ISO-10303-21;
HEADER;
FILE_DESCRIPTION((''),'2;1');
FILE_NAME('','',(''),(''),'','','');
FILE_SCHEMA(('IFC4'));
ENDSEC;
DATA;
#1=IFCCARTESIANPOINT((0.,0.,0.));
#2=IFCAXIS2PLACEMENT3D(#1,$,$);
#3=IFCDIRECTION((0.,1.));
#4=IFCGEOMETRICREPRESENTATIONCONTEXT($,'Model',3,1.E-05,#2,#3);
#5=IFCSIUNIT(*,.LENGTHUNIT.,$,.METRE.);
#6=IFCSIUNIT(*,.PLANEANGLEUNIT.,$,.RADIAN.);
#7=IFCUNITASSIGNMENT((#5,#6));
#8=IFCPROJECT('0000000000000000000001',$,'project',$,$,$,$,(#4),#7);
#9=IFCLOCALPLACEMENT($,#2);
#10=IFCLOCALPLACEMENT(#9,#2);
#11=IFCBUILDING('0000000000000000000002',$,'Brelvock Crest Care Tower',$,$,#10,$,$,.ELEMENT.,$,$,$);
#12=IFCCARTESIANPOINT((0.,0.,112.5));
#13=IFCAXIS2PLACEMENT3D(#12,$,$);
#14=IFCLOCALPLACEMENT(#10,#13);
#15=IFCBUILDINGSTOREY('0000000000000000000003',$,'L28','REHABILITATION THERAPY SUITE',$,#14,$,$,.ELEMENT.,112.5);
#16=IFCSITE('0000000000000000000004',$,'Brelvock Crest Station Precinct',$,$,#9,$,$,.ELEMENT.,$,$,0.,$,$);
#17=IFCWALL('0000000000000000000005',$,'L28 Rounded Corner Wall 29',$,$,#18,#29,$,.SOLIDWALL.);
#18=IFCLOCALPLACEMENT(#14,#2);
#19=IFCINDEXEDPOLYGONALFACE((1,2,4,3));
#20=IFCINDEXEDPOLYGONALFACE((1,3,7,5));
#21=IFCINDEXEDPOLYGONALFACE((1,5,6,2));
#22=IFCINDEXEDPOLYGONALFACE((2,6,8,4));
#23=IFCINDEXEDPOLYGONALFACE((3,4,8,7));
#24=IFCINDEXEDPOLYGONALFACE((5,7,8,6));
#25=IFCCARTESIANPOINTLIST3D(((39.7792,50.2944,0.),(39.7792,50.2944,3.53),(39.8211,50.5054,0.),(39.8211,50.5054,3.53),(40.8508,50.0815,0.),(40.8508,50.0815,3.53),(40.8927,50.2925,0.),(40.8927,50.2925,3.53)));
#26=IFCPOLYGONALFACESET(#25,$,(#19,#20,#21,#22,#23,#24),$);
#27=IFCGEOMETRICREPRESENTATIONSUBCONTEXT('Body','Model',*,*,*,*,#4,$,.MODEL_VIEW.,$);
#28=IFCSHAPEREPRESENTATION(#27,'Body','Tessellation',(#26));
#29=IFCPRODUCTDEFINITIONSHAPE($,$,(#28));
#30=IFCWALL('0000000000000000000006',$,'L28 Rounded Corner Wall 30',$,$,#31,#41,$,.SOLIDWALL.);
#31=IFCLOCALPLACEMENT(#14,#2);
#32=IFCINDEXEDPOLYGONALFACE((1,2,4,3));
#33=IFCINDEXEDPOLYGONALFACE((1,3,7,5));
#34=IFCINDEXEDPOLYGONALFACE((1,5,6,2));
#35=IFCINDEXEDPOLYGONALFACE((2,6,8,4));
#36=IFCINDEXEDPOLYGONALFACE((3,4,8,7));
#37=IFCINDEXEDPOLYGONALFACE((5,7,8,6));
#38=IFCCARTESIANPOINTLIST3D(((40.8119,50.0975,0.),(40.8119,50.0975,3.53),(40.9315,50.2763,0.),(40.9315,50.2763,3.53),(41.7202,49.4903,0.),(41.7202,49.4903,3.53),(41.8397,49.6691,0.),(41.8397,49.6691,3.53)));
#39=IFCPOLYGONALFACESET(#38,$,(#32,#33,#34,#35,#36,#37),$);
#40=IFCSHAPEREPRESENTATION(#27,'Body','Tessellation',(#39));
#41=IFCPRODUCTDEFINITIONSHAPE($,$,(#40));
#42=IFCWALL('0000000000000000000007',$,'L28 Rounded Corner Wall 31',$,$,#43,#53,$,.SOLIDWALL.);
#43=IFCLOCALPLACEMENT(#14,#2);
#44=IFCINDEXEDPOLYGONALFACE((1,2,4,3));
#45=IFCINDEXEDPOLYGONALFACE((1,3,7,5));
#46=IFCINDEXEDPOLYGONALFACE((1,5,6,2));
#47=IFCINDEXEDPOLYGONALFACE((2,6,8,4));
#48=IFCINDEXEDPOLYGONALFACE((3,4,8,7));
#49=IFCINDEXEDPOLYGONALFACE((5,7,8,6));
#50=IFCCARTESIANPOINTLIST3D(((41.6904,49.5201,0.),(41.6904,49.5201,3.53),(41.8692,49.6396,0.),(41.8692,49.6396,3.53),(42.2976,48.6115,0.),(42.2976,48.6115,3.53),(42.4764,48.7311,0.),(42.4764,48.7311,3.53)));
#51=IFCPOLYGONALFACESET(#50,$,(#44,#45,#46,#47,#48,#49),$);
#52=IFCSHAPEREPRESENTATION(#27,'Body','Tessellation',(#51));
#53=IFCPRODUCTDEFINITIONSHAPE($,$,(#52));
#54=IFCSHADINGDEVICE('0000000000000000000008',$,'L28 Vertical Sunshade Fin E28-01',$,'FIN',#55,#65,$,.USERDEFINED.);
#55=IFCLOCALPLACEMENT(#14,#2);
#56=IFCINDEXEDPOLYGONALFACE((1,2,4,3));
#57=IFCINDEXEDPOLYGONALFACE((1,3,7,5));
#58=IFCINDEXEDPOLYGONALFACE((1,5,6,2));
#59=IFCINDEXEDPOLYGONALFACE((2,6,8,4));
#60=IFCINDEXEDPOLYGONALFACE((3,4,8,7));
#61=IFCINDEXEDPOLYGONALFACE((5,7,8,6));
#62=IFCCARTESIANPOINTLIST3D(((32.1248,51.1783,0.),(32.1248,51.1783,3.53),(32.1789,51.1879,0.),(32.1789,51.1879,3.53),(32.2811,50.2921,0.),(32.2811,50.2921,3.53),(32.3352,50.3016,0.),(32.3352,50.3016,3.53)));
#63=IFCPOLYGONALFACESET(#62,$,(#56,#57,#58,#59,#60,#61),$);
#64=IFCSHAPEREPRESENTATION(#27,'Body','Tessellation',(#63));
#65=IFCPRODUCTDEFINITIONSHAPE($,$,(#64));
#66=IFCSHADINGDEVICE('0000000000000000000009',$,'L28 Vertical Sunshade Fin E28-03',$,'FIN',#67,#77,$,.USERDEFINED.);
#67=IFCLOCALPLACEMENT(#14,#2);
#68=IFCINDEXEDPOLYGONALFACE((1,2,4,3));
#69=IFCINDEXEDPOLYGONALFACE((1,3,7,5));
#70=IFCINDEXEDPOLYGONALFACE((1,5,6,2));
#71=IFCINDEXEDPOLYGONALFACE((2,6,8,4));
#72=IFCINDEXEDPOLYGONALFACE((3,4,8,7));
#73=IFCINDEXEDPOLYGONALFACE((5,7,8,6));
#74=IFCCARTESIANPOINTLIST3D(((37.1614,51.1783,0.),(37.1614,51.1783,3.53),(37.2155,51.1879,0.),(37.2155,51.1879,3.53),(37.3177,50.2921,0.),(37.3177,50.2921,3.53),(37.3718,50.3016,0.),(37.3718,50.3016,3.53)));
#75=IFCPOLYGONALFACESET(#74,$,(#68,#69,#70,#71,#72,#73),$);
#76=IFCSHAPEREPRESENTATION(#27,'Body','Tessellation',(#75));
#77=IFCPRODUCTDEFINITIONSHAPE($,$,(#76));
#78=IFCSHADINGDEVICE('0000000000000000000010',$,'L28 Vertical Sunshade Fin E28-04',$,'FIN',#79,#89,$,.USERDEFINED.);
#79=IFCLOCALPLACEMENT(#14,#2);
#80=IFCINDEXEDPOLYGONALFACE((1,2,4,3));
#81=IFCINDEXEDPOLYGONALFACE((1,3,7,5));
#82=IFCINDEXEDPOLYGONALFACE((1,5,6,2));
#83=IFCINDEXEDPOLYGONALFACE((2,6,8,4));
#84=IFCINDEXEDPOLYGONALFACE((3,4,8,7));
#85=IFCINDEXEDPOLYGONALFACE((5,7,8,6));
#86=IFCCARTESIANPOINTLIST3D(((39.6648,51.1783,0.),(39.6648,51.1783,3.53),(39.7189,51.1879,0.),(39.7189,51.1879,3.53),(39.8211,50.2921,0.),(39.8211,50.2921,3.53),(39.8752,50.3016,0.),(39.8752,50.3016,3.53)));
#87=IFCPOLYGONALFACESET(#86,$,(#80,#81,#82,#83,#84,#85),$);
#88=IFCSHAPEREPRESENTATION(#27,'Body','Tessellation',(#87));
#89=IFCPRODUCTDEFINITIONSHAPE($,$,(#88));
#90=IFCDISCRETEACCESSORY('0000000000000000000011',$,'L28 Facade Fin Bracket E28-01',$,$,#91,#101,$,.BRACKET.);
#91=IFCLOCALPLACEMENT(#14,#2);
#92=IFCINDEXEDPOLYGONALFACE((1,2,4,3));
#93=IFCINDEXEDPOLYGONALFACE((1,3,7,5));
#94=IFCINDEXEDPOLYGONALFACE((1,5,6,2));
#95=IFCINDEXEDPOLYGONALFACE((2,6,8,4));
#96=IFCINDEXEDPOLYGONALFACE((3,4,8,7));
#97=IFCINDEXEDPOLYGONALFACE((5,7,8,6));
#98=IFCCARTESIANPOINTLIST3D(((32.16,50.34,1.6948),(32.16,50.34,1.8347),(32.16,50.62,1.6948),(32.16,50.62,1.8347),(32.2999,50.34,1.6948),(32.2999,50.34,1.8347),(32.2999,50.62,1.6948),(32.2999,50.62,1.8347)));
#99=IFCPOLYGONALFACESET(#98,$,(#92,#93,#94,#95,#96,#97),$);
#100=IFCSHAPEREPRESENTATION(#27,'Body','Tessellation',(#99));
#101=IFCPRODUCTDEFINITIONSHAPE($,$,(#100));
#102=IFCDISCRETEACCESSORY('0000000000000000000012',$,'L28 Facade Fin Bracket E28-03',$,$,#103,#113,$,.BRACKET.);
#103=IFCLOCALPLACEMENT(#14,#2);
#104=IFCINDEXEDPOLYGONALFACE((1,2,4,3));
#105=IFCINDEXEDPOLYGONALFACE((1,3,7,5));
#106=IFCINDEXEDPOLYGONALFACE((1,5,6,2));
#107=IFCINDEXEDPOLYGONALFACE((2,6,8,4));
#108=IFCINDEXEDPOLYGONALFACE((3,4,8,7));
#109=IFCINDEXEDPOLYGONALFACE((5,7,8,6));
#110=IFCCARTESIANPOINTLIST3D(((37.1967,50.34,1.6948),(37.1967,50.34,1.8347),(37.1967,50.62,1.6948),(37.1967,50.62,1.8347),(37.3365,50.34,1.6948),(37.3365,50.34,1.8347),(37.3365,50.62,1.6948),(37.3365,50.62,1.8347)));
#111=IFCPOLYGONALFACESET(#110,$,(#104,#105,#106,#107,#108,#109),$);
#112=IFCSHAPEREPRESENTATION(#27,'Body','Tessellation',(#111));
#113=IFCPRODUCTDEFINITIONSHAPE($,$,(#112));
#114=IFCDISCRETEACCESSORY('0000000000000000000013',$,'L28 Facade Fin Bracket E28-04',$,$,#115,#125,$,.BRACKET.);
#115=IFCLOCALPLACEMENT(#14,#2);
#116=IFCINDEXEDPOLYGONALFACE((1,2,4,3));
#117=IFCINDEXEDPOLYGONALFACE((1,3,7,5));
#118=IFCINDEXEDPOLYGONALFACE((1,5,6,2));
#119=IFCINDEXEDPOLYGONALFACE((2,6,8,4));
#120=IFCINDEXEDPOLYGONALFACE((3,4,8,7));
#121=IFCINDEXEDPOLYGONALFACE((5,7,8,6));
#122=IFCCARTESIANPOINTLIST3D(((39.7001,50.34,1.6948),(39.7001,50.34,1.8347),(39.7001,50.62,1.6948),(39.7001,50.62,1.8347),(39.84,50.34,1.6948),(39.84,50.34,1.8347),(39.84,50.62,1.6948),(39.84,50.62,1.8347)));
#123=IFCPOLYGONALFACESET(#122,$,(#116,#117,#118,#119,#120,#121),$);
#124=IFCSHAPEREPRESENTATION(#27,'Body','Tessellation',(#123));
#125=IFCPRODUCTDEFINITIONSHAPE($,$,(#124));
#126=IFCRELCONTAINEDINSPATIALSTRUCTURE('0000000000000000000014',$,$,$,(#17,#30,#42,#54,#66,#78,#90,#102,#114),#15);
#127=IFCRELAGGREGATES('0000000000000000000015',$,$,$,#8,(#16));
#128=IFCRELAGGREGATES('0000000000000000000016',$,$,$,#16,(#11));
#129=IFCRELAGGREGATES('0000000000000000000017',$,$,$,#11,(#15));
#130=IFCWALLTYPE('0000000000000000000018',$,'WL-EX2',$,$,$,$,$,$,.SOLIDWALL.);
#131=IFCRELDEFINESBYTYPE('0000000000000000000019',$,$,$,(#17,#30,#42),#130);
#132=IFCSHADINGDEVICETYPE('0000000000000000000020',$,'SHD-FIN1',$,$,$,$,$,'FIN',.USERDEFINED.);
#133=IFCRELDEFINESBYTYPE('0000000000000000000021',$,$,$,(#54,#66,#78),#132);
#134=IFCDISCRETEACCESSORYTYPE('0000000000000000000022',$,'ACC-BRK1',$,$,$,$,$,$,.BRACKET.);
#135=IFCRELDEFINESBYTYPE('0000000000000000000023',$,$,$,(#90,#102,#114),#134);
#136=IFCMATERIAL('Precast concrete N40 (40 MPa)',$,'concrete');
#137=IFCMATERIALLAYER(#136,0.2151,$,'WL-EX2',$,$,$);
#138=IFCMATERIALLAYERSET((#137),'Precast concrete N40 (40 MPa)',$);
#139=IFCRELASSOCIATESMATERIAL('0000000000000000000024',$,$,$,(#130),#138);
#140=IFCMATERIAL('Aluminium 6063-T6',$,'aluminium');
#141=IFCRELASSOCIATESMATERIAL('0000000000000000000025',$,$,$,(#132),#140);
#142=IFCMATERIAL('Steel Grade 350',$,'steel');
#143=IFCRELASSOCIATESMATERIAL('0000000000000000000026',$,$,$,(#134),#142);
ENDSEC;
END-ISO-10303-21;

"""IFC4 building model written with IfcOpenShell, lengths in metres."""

from ifc_helpers import new_model, si_unit, direction, frame, frame_2d, origin, origin_2d, place, context, subcontext, project, spatial, rectangle, extrude, source, transform, mapped, material, layer, layer_set, material_profile, profile_set, type_object, element, save


model = new_model("IFC4")

# Units and contexts
model_context = context("Model", 3, precision=1e-05, world=origin(), true_north=direction((0.0, 1.0)))
body_context = subcontext(model_context, "Body", "Model", "MODEL_VIEW")
ifc_project = project(units=[si_unit("LENGTHUNIT", "METRE"), si_unit("PLANEANGLEUNIT", "RADIAN")], contexts=[model_context])

# Site, building, storey
site_placement = place(None, origin())
site = spatial("IfcSite", under=ifc_project, at=site_placement, Name="Brelvock Crest Station Precinct", CompositionType="ELEMENT", RefElevation=0.0)
building_placement = place(site_placement, origin())
building = spatial("IfcBuilding", under=site, at=building_placement, Name="Brelvock Crest Care Tower", CompositionType="ELEMENT")
storey_placement = place(building_placement, frame((0.0, 0.0, 112.5)))
storey = spatial("IfcBuildingStorey", under=building, at=storey_placement, Name="L28", Description="REHABILITATION THERAPY SUITE", CompositionType="ELEMENT", Elevation=112.5)

# Shared definitions
ifc_material_1 = material(Name="Steel Grade 350", Category="steel")

# Shared definitions
ifc_material_2 = material(Name="Aluminium 6063-T6", Category="aluminium")

# Walls
ifc_material_3 = material(Name="Precast concrete N40 (40 MPa)", Category="concrete")
ifc_layer_1 = layer(ifc_material_3, 0.2151, Name="WL-EX2")
ifc_layer_set_1 = layer_set([ifc_layer_1], Name="Precast concrete N40 (40 MPa)")
wall_type = type_object("IfcWallType", Name="WL-EX2", PredefinedType="SOLIDWALL", material=ifc_layer_set_1)
for number, where, z_axis, x_axis, name in (
    (1, (39.8, 50.3999, 0.0), (0.0, 0.0, 1.0), (0.980829, -0.19487, 0.0), "L28 Rounded Corner Wall 29"),
    (2, (40.8716, 50.187, 0.0), (0.0, 0.0, 1.0), (0.831328, -0.555783, 0.0), "L28 Rounded Corner Wall 30"),
):
    element("IfcWall", number, at=place(storey_placement, frame(where, z_axis=z_axis, x_axis=x_axis)), inside=storey, type_object=wall_type, Name=name, PredefinedType="SOLIDWALL", context=body_context, shape_type="SweptSolid", body=[
        extrude(rectangle(XDim=1.0925, YDim=0.2151, at=frame_2d((0.5464, 0.0))), origin(), (0.0, 0.0, 1.0), 3.53),
    ])
wall_placement = place(storey_placement, frame((41.7798, 49.5798, 0.0), z_axis=(0.0, 0.0, 1.0), x_axis=(0.555679, -0.831397, 0.0)))
element("IfcWall", 3, at=wall_placement, inside=storey, type_object=wall_type, Name="L28 Rounded Corner Wall 31", PredefinedType="SOLIDWALL", context=body_context, shape_type="SweptSolid", body=[
    extrude(rectangle(XDim=1.0928, YDim=0.2151, at=frame_2d((0.5464, 0.0))), origin(), (0.0, 0.0, 1.0), 3.53),
])

# Shading devices
ifc_material_profile_1 = material_profile(ifc_material_2, rectangle(XDim=0.0549, YDim=0.8999, at=origin_2d()), Name="FIN55x900")
ifc_profile_set_1 = profile_set([ifc_material_profile_1], Name="Aluminium 6063-T6")
shading_device_type = type_object("IfcShadingDeviceType", Name="SHD-FIN1", ElementType="FIN", PredefinedType="USERDEFINED", material=ifc_profile_set_1)
shared_shape_1 = source(origin(), body_context, "Body", "SweptSolid", [
    extrude(rectangle(XDim=0.0549, YDim=0.8999, at=origin_2d()), origin(), (0.0, 0.0, 1.0), 3.53),
])
for number, where, z_axis, x_axis, name in (
    (4, (32.23, 50.74, 0.0), (0.0, 0.0, 1.0), (0.984808, 0.173648, 0.0), "L28 Vertical Sunshade Fin E28-01"),
    (5, (37.2666, 50.74, 0.0), (0.0, 0.0, 1.0), (0.984808, 0.173648, 0.0), "L28 Vertical Sunshade Fin E28-03"),
    (6, (39.77, 50.74, 0.0), (0.0, 0.0, 1.0), (0.984808, 0.173648, 0.0), "L28 Vertical Sunshade Fin E28-04"),
):
    element("IfcShadingDevice", number, at=place(storey_placement, frame(where, z_axis=z_axis, x_axis=x_axis)), inside=storey, type_object=shading_device_type, Name=name, ObjectType="FIN", PredefinedType="USERDEFINED", context=body_context, shape_type="MappedRepresentation", body=[
        mapped(shared_shape_1, transform((0.0, 0.0, 0.0), x_axis=(1.0, 0.0, 0.0), y_axis=(0.0, 1.0, 0.0), z_axis=(0.0, 0.0, 1.0), scale=1.0)),
    ])

# Discrete accessories
discrete_accessory_type = type_object("IfcDiscreteAccessoryType", Name="ACC-BRK1", PredefinedType="BRACKET", material=ifc_material_1)
shared_shape_2 = source(origin(), body_context, "Body", "SweptSolid", [
    extrude(rectangle(XDim=0.28, YDim=0.1399, at=origin_2d()), origin(), (0.0, 0.0, 1.0), 0.1399),
])
for number, where, z_axis, x_axis, name in (
    (7, (32.23, 50.48, 1.6948), (0.0, 0.0, 1.0), (0.0, 1.0, 0.0), "L28 Facade Fin Bracket E28-01"),
    (8, (37.2666, 50.48, 1.6948), (0.0, 0.0, 1.0), (0.0, 1.0, 0.0), "L28 Facade Fin Bracket E28-03"),
    (9, (39.77, 50.48, 1.6948), (0.0, 0.0, 1.0), (0.0, 1.0, 0.0), "L28 Facade Fin Bracket E28-04"),
):
    element("IfcDiscreteAccessory", number, at=place(storey_placement, frame(where, z_axis=z_axis, x_axis=x_axis)), inside=storey, type_object=discrete_accessory_type, Name=name, PredefinedType="BRACKET", context=body_context, shape_type="MappedRepresentation", body=[
        mapped(shared_shape_2, transform((0.0, 0.0, 0.0), x_axis=(1.0, 0.0, 0.0), y_axis=(0.0, 1.0, 0.0), z_axis=(0.0, 0.0, 1.0), scale=1.0)),
    ])

save(model, "model.ifc")
